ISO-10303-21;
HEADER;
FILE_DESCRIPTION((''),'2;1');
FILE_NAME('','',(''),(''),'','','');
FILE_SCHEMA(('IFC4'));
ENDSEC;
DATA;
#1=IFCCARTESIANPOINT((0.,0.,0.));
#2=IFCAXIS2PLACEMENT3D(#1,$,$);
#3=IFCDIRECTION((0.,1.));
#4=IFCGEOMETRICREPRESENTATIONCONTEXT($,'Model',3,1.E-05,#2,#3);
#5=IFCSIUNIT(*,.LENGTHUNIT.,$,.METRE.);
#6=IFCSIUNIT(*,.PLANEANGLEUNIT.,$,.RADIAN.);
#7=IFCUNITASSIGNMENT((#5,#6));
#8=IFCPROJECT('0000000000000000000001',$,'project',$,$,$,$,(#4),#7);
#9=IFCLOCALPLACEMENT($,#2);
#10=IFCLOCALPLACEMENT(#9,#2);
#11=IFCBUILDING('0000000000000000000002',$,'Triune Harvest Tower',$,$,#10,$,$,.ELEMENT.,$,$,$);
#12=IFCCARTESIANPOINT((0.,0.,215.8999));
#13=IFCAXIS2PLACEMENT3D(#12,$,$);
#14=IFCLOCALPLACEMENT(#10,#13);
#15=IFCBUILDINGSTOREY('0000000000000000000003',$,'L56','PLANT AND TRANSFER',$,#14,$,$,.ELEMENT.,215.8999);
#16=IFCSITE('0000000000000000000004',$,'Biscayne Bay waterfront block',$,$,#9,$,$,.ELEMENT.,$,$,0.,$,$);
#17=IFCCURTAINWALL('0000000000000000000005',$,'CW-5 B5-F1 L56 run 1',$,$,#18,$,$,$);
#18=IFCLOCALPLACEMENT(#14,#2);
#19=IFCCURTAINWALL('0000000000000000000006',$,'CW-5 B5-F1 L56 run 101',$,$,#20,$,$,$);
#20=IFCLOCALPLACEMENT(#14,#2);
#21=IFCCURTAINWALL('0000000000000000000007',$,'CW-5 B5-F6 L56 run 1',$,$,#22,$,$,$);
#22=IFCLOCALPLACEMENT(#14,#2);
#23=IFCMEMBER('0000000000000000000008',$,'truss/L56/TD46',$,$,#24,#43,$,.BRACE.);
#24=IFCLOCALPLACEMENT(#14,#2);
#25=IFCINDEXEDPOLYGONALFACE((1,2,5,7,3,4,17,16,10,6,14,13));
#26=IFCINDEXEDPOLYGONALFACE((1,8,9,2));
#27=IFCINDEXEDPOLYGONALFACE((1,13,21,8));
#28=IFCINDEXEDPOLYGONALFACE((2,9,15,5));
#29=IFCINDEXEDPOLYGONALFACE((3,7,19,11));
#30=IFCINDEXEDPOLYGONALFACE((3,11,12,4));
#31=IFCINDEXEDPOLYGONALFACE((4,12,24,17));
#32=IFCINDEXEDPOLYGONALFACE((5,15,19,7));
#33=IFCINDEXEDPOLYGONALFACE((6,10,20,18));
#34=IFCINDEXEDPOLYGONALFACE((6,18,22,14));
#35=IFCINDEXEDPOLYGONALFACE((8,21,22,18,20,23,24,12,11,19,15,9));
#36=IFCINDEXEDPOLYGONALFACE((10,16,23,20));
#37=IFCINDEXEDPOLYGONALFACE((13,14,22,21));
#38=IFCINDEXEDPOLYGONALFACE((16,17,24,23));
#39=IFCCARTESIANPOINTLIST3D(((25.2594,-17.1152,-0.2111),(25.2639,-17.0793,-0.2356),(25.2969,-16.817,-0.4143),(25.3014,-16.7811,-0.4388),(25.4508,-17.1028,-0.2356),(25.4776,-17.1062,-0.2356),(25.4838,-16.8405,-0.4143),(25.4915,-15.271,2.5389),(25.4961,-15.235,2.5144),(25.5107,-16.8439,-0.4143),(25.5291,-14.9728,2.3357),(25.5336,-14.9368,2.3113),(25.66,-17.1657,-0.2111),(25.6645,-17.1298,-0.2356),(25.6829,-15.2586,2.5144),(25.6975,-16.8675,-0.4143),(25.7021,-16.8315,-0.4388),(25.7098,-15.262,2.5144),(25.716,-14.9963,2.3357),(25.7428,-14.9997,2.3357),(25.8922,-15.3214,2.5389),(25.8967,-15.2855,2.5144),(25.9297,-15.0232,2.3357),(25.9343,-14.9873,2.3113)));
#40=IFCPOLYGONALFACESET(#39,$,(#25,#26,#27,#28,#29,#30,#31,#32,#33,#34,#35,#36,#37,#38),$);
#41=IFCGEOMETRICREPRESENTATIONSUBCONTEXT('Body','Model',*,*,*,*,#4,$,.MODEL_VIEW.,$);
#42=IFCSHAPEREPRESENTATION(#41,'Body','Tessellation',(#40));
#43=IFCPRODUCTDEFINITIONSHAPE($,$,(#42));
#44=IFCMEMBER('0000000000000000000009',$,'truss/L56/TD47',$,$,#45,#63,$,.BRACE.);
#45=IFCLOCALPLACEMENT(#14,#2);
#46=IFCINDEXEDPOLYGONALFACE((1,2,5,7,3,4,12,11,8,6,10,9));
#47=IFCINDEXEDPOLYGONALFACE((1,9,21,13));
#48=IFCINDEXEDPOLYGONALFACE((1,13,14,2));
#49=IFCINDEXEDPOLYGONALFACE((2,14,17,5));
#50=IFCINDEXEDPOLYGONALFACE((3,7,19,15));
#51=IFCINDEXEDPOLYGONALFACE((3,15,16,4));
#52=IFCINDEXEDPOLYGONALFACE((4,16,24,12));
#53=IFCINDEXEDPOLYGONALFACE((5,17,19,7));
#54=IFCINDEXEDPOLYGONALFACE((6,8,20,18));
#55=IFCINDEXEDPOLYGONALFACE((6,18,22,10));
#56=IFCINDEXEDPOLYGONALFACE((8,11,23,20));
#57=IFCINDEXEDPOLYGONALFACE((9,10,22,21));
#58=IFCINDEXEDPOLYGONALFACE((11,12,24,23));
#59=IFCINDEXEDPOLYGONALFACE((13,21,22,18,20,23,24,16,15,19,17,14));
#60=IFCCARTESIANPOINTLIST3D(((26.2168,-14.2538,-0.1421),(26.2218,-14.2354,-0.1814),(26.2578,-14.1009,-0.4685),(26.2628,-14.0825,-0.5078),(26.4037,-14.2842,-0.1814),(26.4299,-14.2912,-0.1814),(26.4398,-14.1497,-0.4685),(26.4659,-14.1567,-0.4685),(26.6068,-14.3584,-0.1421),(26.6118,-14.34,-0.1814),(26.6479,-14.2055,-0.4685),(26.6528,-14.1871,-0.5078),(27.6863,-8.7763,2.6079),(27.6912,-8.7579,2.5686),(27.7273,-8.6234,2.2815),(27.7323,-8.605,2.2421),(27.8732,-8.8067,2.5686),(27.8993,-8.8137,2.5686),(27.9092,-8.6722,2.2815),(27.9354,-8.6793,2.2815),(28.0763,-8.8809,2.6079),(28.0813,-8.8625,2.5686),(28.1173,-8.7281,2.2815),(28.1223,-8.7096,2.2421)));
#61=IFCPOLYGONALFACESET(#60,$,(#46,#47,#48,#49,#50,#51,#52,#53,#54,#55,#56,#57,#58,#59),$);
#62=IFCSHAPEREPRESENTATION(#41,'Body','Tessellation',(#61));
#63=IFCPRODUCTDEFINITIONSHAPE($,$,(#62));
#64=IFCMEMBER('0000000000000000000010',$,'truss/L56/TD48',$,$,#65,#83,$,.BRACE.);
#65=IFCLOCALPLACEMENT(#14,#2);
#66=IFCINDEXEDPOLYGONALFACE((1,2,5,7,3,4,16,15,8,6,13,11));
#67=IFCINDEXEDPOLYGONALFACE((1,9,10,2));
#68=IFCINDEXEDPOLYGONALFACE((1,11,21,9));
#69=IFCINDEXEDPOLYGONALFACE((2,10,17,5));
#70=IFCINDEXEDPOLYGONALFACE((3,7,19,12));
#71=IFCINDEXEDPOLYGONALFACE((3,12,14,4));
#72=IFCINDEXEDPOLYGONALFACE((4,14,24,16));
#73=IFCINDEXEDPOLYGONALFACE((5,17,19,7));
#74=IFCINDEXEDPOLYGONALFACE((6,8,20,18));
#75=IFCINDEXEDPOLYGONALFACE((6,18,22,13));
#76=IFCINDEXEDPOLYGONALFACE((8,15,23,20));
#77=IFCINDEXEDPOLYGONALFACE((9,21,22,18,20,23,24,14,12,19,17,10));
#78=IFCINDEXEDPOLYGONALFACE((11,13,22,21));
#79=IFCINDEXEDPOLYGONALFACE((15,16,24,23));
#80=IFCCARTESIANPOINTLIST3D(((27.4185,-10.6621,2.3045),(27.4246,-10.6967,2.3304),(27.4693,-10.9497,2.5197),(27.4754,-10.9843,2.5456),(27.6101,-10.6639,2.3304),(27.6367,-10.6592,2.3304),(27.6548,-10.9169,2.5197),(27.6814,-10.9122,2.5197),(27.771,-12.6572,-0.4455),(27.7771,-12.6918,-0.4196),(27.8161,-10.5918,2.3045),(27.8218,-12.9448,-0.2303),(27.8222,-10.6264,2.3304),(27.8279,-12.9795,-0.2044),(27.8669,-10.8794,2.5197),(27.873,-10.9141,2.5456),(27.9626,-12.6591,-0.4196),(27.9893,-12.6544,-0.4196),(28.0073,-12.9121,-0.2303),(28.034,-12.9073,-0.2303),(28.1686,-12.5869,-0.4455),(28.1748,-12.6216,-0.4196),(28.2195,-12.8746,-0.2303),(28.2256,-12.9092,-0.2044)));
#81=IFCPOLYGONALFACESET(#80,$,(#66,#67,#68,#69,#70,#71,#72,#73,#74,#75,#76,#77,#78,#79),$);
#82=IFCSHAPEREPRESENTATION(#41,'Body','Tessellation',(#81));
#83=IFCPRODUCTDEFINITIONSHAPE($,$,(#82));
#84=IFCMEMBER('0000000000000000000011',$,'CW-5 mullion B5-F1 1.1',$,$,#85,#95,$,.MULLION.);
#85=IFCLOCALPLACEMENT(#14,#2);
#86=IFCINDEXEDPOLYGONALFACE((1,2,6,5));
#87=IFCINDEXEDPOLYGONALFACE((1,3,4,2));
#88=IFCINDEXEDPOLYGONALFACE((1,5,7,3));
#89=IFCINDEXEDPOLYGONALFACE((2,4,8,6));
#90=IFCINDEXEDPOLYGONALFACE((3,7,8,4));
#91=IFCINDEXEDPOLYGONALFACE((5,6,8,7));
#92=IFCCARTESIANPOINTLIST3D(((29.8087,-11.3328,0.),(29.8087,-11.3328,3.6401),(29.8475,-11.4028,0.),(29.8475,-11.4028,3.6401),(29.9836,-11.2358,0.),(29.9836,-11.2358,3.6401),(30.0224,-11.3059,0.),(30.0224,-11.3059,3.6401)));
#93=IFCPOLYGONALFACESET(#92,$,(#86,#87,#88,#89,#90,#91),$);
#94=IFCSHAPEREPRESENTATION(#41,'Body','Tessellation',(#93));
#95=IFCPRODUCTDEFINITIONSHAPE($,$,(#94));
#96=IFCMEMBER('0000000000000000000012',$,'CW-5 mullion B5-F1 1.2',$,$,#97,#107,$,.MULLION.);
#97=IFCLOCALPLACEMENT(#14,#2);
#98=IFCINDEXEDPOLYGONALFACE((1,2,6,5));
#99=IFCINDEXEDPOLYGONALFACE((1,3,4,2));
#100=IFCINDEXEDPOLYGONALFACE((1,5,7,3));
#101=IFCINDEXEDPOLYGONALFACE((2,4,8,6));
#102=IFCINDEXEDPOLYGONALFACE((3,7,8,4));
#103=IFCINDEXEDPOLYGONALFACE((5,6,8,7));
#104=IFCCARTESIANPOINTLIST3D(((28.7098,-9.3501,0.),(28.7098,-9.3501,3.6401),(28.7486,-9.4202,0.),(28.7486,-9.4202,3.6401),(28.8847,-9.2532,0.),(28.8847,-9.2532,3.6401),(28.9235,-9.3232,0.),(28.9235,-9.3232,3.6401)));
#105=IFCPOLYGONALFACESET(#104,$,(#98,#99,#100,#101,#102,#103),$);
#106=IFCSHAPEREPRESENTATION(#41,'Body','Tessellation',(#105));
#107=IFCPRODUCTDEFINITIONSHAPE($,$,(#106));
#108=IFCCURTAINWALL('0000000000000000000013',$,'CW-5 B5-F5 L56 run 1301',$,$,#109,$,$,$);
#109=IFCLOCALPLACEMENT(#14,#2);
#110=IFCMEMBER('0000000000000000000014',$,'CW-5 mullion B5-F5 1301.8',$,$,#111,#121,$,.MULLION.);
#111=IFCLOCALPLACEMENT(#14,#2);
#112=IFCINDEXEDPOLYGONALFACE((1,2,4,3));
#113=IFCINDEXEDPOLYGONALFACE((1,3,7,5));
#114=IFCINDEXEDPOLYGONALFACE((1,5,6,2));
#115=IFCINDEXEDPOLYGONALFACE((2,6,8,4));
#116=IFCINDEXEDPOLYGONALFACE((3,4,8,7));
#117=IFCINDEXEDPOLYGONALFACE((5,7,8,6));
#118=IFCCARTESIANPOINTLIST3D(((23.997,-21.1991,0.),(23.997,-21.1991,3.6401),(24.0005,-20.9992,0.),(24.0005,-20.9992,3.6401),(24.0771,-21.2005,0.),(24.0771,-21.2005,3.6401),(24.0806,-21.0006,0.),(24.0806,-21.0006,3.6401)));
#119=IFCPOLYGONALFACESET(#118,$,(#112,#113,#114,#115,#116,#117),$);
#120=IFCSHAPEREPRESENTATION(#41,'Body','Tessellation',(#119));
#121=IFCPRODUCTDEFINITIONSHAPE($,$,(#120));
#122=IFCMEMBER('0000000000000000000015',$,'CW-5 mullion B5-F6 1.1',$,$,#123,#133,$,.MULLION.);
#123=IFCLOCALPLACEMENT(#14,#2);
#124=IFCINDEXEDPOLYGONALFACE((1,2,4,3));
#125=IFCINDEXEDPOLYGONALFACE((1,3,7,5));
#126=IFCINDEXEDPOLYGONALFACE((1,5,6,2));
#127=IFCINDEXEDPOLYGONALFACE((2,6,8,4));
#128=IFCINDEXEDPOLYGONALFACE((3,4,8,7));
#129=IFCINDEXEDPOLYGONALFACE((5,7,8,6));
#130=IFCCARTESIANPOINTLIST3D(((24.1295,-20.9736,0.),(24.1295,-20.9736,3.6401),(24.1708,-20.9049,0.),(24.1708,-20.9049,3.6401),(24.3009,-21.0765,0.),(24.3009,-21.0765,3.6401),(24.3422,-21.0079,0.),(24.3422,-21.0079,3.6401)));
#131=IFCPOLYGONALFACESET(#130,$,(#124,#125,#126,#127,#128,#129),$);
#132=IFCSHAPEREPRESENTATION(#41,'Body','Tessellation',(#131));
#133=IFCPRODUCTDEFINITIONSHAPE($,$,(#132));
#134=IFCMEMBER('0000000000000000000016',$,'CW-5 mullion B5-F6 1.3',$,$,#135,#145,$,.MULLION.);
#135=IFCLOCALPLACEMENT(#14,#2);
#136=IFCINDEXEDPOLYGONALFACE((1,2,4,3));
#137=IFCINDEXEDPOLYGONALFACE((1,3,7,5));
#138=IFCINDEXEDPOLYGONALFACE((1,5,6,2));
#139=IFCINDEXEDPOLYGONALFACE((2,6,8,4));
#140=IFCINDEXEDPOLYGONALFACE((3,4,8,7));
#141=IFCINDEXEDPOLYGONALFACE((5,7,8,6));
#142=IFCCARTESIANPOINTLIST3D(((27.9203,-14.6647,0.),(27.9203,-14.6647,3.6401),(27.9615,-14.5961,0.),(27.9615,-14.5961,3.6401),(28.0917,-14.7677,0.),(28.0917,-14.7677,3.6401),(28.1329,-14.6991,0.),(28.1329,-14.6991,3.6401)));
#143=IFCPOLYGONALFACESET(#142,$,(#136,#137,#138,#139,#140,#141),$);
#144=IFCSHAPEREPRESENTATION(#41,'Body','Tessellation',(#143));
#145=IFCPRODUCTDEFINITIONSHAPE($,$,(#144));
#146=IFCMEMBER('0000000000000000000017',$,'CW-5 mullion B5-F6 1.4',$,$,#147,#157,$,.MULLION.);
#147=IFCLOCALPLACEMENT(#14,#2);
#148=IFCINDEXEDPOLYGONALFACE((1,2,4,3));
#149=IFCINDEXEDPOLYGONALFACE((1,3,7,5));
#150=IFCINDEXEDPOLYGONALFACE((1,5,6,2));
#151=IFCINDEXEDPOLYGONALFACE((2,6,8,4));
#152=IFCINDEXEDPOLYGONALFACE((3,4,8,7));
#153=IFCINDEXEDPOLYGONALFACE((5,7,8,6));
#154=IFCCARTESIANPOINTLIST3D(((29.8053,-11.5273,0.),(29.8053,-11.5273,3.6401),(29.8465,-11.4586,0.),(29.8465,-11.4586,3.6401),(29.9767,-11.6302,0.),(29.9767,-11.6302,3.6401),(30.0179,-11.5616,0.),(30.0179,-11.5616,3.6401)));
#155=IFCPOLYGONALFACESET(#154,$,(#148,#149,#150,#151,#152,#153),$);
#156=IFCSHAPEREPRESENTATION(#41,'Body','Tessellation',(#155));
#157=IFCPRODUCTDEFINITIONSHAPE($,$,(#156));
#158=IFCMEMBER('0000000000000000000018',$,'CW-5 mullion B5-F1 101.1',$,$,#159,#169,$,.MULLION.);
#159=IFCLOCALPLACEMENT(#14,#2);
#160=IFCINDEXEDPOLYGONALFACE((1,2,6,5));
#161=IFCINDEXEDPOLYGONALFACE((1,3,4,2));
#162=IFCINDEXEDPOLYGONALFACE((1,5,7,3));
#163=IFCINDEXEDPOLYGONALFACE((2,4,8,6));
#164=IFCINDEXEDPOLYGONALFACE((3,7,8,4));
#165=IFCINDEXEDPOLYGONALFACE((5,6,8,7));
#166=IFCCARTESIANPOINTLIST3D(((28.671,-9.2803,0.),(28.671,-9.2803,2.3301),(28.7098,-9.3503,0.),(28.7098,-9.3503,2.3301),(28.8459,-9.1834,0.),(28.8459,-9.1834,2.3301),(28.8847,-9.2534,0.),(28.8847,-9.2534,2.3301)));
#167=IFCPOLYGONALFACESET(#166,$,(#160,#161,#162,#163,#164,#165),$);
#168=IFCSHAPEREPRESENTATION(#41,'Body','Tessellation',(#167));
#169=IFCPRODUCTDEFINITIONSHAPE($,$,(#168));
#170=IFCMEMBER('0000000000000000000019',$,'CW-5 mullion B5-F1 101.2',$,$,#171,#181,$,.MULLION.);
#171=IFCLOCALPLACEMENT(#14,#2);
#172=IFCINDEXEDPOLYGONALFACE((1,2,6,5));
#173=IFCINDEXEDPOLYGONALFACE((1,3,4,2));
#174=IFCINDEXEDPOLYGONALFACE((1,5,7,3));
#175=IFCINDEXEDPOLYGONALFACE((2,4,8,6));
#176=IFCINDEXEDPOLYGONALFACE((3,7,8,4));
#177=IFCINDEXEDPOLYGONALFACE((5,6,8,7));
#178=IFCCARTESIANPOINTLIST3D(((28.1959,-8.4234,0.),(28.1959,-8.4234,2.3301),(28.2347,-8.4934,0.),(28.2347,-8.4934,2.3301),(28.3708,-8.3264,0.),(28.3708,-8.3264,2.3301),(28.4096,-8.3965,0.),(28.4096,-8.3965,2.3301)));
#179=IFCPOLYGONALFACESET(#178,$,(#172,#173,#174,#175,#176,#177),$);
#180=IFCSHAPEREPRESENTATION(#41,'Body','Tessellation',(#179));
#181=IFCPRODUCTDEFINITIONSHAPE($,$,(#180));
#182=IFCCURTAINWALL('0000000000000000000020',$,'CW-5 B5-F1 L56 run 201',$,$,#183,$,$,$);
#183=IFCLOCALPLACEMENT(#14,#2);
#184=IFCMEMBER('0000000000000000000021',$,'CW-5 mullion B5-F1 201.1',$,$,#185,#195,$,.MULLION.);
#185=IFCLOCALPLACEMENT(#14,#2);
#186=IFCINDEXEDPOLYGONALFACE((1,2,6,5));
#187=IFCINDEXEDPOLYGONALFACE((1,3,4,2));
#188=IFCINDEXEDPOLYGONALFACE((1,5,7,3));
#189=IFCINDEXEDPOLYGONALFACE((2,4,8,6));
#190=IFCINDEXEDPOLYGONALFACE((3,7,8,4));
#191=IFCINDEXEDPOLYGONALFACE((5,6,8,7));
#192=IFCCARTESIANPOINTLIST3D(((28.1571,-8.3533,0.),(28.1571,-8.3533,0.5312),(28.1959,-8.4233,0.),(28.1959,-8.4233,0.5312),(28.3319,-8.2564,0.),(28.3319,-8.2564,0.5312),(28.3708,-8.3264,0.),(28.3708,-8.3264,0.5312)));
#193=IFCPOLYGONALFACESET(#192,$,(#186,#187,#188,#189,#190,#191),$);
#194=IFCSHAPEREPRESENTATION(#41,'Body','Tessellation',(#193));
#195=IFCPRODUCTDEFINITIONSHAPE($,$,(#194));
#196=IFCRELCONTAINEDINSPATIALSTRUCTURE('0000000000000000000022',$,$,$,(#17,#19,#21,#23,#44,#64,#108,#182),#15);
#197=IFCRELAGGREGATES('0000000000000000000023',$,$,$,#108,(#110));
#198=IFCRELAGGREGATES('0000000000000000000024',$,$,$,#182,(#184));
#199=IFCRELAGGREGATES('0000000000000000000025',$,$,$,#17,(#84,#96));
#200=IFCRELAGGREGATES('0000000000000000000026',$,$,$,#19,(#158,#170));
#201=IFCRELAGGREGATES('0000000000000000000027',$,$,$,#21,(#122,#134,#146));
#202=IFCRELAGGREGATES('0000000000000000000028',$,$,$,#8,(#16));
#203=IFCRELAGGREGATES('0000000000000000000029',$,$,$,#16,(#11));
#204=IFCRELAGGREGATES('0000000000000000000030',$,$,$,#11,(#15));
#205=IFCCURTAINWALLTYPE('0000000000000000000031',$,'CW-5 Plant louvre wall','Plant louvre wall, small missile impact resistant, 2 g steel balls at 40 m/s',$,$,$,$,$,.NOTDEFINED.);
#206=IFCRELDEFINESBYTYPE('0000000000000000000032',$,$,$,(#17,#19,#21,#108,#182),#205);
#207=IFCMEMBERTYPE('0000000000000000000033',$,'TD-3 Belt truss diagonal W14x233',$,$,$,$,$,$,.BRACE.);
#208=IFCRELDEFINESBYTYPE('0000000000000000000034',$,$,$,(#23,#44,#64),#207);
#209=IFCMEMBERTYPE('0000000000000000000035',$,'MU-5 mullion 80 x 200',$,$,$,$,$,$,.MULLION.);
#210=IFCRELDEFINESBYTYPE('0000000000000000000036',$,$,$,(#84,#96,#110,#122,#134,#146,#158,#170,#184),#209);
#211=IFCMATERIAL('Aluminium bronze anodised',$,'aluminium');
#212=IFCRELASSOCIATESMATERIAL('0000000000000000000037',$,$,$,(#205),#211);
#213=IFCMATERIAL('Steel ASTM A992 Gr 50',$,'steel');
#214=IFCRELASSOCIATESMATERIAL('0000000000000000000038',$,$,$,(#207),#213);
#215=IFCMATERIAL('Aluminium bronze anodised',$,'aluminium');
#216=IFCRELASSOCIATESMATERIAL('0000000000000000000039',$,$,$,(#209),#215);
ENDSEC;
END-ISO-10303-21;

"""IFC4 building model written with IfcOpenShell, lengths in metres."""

from ifc_helpers import new_model, si_unit, direction, frame, origin, origin_2d, place, context, subcontext, project, spatial, rectangle, i_section, extrude, source, transform, mapped, material, material_profile, profile_set, type_object, element, aggregate, save


model = new_model("IFC4")

# Units and contexts
model_context = context("Model", 3, precision=1e-05, world=origin(), true_north=direction((0.0, 1.0)))
body_context = subcontext(model_context, "Body", "Model", "MODEL_VIEW")
ifc_project = project(units=[si_unit("LENGTHUNIT", "METRE"), si_unit("PLANEANGLEUNIT", "RADIAN")], contexts=[model_context])

# Site, building, storey
site_placement = place(None, origin())
site = spatial("IfcSite", under=ifc_project, at=site_placement, Name="Biscayne Bay waterfront block", CompositionType="ELEMENT", RefElevation=0.0)
building_placement = place(site_placement, origin())
building = spatial("IfcBuilding", under=site, at=building_placement, Name="Triune Harvest Tower", CompositionType="ELEMENT")
storey_placement = place(building_placement, frame((0.0, 0.0, 215.8999)))
storey = spatial("IfcBuildingStorey", under=building, at=storey_placement, Name="L56", Description="PLANT AND TRANSFER", CompositionType="ELEMENT", Elevation=215.8999)

# Curtain walls
ifc_material_1 = material(Name="Aluminium bronze anodised", Category="aluminium")
curtain_wall_type = type_object("IfcCurtainWallType", Name="CW-5 Plant louvre wall", Description="Plant louvre wall, small missile impact resistant, 2 g steel balls at 40 m/s", PredefinedType="NOTDEFINED", material=ifc_material_1)
curtain_wall_1_placement = place(storey_placement, origin())
curtain_wall_1 = element("IfcCurtainWall", 1, at=curtain_wall_1_placement, inside=storey, type_object=curtain_wall_type, Name="CW-5 B5-F1 L56 run 1")
curtain_wall_2_placement = place(storey_placement, origin())
curtain_wall_2 = element("IfcCurtainWall", 2, at=curtain_wall_2_placement, inside=storey, type_object=curtain_wall_type, Name="CW-5 B5-F1 L56 run 101")
curtain_wall_3_placement = place(storey_placement, origin())
curtain_wall_3 = element("IfcCurtainWall", 3, at=curtain_wall_3_placement, inside=storey, type_object=curtain_wall_type, Name="CW-5 B5-F6 L56 run 1")

# Members
ifc_material_2 = material(Name="Steel ASTM A992 Gr 50", Category="steel")
ifc_material_profile_1 = material_profile(ifc_material_2, i_section(OverallWidth=0.4038, OverallDepth=0.4065, WebThickness=0.0271, FlangeThickness=0.0437, at=origin_2d()), Name="W14x233")
ifc_profile_set_1 = profile_set([ifc_material_profile_1], Name="Steel ASTM A992 Gr 50")
member_type_1 = type_object("IfcMemberType", Name="TD-3 Belt truss diagonal W14x233", PredefinedType="BRACE", material=ifc_profile_set_1)
shared_shape_1 = source(origin(), body_context, "Body", "SweptSolid", [
    extrude(i_section(OverallWidth=0.4038, OverallDepth=0.4065, WebThickness=0.0271, FlangeThickness=0.0437, at=origin_2d()), origin(), (0.0, 0.0, 1.0), 3.3193),
])
member_1_placement = place(storey_placement, frame((25.4807, -16.9734, -0.325), z_axis=(0.069948, 0.555614, 0.828493), x_axis=(-0.992168, 0.124908, 0.0)))
element("IfcMember", 4, at=member_1_placement, inside=storey, type_object=member_type_1, Name="truss/L56/TD46", PredefinedType="BRACE", context=body_context, shape_type="MappedRepresentation", body=[
    mapped(shared_shape_1, transform((0.0, 0.0, 0.0), scale=1.0)),
])
shared_shape_2 = source(origin(), body_context, "Body", "SweptSolid", [
    extrude(i_section(OverallWidth=0.4038, OverallDepth=0.4065, WebThickness=0.0271, FlangeThickness=0.0437, at=origin_2d()), origin(), (0.0, 0.0, 1.0), 6.3027),
])
member_2_placement = place(storey_placement, frame((26.4348, -14.2205, -0.325), z_axis=(0.233147, 0.869064, 0.436314), x_axis=(-0.965847, 0.259112, 0.0)))
element("IfcMember", 5, at=member_2_placement, inside=storey, type_object=member_type_1, Name="truss/L56/TD47", PredefinedType="BRACE", context=body_context, shape_type="MappedRepresentation", body=[
    mapped(shared_shape_2, transform((0.0, 0.0, 0.0), scale=1.0)),
])
shared_shape_3 = source(origin(), body_context, "Body", "SweptSolid", [
    extrude(i_section(OverallWidth=0.4038, OverallDepth=0.4065, WebThickness=0.0271, FlangeThickness=0.0437, at=origin_2d()), origin(), (0.0, 0.0, 1.0), 3.4158),
])
member_3_placement = place(storey_placement, frame((27.9983, -12.7832, -0.325), z_axis=(-0.10321, 0.584095, 0.805097), x_axis=(-0.984745, -0.174005, 0.0)))
element("IfcMember", 6, at=member_3_placement, inside=storey, type_object=member_type_1, Name="truss/L56/TD48", PredefinedType="BRACE", context=body_context, shape_type="MappedRepresentation", body=[
    mapped(shared_shape_3, transform((0.0, 0.0, 0.0), scale=1.0)),
])

# Members
ifc_material_3 = material(Name="Aluminium bronze anodised", Category="aluminium")
ifc_material_profile_2 = material_profile(ifc_material_3, rectangle(XDim=0.2, YDim=0.0801, at=origin_2d()), Name="MU-5 mullion 80 x 200")
ifc_profile_set_2 = profile_set([ifc_material_profile_2], Name="Aluminium bronze anodised")
member_type_2 = type_object("IfcMemberType", Name="MU-5 mullion 80 x 200", PredefinedType="MULLION", material=ifc_profile_set_2)
shared_shape_4 = source(origin(), body_context, "Body", "SweptSolid", [
    extrude(rectangle(XDim=0.2, YDim=0.0801, at=origin_2d()), origin(), (0.0, 0.0, 1.0), 3.6401),
])
member_4_placement = place(storey_placement, frame((29.9155, -11.3193, 0.0), z_axis=(0.0, 0.0, 1.0), x_axis=(-0.874615, -0.484818, 0.0)))
member_4 = element("IfcMember", 7, at=member_4_placement, type_object=member_type_2, Name="CW-5 mullion B5-F1 1.1", PredefinedType="MULLION", context=body_context, shape_type="MappedRepresentation", body=[
    mapped(shared_shape_4, transform((0.0, 0.0, 0.0), scale=1.0)),
])
member_5_placement = place(storey_placement, frame((28.8167, -9.3367, 0.0), z_axis=(0.0, 0.0, 1.0), x_axis=(-0.874615, -0.484818, 0.0)))
member_5 = element("IfcMember", 8, at=member_5_placement, type_object=member_type_2, Name="CW-5 mullion B5-F1 1.2", PredefinedType="MULLION", context=body_context, shape_type="MappedRepresentation", body=[
    mapped(shared_shape_4, transform((0.0, 0.0, 0.0), scale=1.0)),
])

# Curtain wall, member
curtain_wall_4_placement = place(storey_placement, origin())
curtain_wall_4 = element("IfcCurtainWall", 9, at=curtain_wall_4_placement, inside=storey, type_object=curtain_wall_type, Name="CW-5 B5-F5 L56 run 1301")
member_6_placement = place(storey_placement, frame((24.0388, -21.0999, 0.0), z_axis=(0.0, 0.0, 1.0), x_axis=(0.01745, 0.999848, 0.0)))
member_6 = element("IfcMember", 10, at=member_6_placement, type_object=member_type_2, Name="CW-5 mullion B5-F5 1301.8", PredefinedType="MULLION", context=body_context, shape_type="MappedRepresentation", body=[
    mapped(shared_shape_4, transform((0.0, 0.0, 0.0), scale=1.0)),
])
aggregate(curtain_wall_4, [member_6])

# Members
member_7_placement = place(storey_placement, frame((24.2358, -20.9907, 0.0), z_axis=(0.0, 0.0, 1.0), x_axis=(-0.857168, 0.515037, 0.0)))
member_7 = element("IfcMember", 11, at=member_7_placement, type_object=member_type_2, Name="CW-5 mullion B5-F6 1.1", PredefinedType="MULLION", context=body_context, shape_type="MappedRepresentation", body=[
    mapped(shared_shape_4, transform((0.0, 0.0, 0.0), scale=1.0)),
])
member_8_placement = place(storey_placement, frame((28.0266, -14.6819, 0.0), z_axis=(0.0, 0.0, 1.0), x_axis=(-0.857168, 0.515037, 0.0)))
member_8 = element("IfcMember", 12, at=member_8_placement, type_object=member_type_2, Name="CW-5 mullion B5-F6 1.3", PredefinedType="MULLION", context=body_context, shape_type="MappedRepresentation", body=[
    mapped(shared_shape_4, transform((0.0, 0.0, 0.0), scale=1.0)),
])
member_9_placement = place(storey_placement, frame((29.9116, -11.5444, 0.0), z_axis=(0.0, 0.0, 1.0), x_axis=(-0.857168, 0.515037, 0.0)))
member_9 = element("IfcMember", 13, at=member_9_placement, type_object=member_type_2, Name="CW-5 mullion B5-F6 1.4", PredefinedType="MULLION", context=body_context, shape_type="MappedRepresentation", body=[
    mapped(shared_shape_4, transform((0.0, 0.0, 0.0), scale=1.0)),
])
shared_shape_5 = source(origin(), body_context, "Body", "SweptSolid", [
    extrude(rectangle(XDim=0.2, YDim=0.0801, at=origin_2d()), origin(), (0.0, 0.0, 1.0), 2.3301),
])
member_10_placement = place(storey_placement, frame((28.7778, -9.2668, 0.0), z_axis=(0.0, 0.0, 1.0), x_axis=(-0.874615, -0.484818, 0.0)))
member_10 = element("IfcMember", 14, at=member_10_placement, type_object=member_type_2, Name="CW-5 mullion B5-F1 101.1", PredefinedType="MULLION", context=body_context, shape_type="MappedRepresentation", body=[
    mapped(shared_shape_5, transform((0.0, 0.0, 0.0), scale=1.0)),
])
member_11_placement = place(storey_placement, frame((28.3027, -8.4099, 0.0), z_axis=(0.0, 0.0, 1.0), x_axis=(-0.874615, -0.484818, 0.0)))
member_11 = element("IfcMember", 15, at=member_11_placement, type_object=member_type_2, Name="CW-5 mullion B5-F1 101.2", PredefinedType="MULLION", context=body_context, shape_type="MappedRepresentation", body=[
    mapped(shared_shape_5, transform((0.0, 0.0, 0.0), scale=1.0)),
])

# Curtain wall, member
curtain_wall_5_placement = place(storey_placement, origin())
curtain_wall_5 = element("IfcCurtainWall", 16, at=curtain_wall_5_placement, inside=storey, type_object=curtain_wall_type, Name="CW-5 B5-F1 L56 run 201")
shared_shape_6 = source(origin(), body_context, "Body", "SweptSolid", [
    extrude(rectangle(XDim=0.2, YDim=0.0801, at=origin_2d()), origin(), (0.0, 0.0, 1.0), 0.5312),
])
member_12_placement = place(storey_placement, frame((28.2639, -8.3398, 0.0), z_axis=(0.0, 0.0, 1.0), x_axis=(-0.874635, -0.484783, 0.0)))
member_12 = element("IfcMember", 17, at=member_12_placement, type_object=member_type_2, Name="CW-5 mullion B5-F1 201.1", PredefinedType="MULLION", context=body_context, shape_type="MappedRepresentation", body=[
    mapped(shared_shape_6, transform((0.0, 0.0, 0.0), scale=1.0)),
])
aggregate(curtain_wall_5, [member_12])

aggregate(curtain_wall_1, [member_4, member_5])
aggregate(curtain_wall_2, [member_10, member_11])
aggregate(curtain_wall_3, [member_7, member_8, member_9])

save(model, "model.ifc")
